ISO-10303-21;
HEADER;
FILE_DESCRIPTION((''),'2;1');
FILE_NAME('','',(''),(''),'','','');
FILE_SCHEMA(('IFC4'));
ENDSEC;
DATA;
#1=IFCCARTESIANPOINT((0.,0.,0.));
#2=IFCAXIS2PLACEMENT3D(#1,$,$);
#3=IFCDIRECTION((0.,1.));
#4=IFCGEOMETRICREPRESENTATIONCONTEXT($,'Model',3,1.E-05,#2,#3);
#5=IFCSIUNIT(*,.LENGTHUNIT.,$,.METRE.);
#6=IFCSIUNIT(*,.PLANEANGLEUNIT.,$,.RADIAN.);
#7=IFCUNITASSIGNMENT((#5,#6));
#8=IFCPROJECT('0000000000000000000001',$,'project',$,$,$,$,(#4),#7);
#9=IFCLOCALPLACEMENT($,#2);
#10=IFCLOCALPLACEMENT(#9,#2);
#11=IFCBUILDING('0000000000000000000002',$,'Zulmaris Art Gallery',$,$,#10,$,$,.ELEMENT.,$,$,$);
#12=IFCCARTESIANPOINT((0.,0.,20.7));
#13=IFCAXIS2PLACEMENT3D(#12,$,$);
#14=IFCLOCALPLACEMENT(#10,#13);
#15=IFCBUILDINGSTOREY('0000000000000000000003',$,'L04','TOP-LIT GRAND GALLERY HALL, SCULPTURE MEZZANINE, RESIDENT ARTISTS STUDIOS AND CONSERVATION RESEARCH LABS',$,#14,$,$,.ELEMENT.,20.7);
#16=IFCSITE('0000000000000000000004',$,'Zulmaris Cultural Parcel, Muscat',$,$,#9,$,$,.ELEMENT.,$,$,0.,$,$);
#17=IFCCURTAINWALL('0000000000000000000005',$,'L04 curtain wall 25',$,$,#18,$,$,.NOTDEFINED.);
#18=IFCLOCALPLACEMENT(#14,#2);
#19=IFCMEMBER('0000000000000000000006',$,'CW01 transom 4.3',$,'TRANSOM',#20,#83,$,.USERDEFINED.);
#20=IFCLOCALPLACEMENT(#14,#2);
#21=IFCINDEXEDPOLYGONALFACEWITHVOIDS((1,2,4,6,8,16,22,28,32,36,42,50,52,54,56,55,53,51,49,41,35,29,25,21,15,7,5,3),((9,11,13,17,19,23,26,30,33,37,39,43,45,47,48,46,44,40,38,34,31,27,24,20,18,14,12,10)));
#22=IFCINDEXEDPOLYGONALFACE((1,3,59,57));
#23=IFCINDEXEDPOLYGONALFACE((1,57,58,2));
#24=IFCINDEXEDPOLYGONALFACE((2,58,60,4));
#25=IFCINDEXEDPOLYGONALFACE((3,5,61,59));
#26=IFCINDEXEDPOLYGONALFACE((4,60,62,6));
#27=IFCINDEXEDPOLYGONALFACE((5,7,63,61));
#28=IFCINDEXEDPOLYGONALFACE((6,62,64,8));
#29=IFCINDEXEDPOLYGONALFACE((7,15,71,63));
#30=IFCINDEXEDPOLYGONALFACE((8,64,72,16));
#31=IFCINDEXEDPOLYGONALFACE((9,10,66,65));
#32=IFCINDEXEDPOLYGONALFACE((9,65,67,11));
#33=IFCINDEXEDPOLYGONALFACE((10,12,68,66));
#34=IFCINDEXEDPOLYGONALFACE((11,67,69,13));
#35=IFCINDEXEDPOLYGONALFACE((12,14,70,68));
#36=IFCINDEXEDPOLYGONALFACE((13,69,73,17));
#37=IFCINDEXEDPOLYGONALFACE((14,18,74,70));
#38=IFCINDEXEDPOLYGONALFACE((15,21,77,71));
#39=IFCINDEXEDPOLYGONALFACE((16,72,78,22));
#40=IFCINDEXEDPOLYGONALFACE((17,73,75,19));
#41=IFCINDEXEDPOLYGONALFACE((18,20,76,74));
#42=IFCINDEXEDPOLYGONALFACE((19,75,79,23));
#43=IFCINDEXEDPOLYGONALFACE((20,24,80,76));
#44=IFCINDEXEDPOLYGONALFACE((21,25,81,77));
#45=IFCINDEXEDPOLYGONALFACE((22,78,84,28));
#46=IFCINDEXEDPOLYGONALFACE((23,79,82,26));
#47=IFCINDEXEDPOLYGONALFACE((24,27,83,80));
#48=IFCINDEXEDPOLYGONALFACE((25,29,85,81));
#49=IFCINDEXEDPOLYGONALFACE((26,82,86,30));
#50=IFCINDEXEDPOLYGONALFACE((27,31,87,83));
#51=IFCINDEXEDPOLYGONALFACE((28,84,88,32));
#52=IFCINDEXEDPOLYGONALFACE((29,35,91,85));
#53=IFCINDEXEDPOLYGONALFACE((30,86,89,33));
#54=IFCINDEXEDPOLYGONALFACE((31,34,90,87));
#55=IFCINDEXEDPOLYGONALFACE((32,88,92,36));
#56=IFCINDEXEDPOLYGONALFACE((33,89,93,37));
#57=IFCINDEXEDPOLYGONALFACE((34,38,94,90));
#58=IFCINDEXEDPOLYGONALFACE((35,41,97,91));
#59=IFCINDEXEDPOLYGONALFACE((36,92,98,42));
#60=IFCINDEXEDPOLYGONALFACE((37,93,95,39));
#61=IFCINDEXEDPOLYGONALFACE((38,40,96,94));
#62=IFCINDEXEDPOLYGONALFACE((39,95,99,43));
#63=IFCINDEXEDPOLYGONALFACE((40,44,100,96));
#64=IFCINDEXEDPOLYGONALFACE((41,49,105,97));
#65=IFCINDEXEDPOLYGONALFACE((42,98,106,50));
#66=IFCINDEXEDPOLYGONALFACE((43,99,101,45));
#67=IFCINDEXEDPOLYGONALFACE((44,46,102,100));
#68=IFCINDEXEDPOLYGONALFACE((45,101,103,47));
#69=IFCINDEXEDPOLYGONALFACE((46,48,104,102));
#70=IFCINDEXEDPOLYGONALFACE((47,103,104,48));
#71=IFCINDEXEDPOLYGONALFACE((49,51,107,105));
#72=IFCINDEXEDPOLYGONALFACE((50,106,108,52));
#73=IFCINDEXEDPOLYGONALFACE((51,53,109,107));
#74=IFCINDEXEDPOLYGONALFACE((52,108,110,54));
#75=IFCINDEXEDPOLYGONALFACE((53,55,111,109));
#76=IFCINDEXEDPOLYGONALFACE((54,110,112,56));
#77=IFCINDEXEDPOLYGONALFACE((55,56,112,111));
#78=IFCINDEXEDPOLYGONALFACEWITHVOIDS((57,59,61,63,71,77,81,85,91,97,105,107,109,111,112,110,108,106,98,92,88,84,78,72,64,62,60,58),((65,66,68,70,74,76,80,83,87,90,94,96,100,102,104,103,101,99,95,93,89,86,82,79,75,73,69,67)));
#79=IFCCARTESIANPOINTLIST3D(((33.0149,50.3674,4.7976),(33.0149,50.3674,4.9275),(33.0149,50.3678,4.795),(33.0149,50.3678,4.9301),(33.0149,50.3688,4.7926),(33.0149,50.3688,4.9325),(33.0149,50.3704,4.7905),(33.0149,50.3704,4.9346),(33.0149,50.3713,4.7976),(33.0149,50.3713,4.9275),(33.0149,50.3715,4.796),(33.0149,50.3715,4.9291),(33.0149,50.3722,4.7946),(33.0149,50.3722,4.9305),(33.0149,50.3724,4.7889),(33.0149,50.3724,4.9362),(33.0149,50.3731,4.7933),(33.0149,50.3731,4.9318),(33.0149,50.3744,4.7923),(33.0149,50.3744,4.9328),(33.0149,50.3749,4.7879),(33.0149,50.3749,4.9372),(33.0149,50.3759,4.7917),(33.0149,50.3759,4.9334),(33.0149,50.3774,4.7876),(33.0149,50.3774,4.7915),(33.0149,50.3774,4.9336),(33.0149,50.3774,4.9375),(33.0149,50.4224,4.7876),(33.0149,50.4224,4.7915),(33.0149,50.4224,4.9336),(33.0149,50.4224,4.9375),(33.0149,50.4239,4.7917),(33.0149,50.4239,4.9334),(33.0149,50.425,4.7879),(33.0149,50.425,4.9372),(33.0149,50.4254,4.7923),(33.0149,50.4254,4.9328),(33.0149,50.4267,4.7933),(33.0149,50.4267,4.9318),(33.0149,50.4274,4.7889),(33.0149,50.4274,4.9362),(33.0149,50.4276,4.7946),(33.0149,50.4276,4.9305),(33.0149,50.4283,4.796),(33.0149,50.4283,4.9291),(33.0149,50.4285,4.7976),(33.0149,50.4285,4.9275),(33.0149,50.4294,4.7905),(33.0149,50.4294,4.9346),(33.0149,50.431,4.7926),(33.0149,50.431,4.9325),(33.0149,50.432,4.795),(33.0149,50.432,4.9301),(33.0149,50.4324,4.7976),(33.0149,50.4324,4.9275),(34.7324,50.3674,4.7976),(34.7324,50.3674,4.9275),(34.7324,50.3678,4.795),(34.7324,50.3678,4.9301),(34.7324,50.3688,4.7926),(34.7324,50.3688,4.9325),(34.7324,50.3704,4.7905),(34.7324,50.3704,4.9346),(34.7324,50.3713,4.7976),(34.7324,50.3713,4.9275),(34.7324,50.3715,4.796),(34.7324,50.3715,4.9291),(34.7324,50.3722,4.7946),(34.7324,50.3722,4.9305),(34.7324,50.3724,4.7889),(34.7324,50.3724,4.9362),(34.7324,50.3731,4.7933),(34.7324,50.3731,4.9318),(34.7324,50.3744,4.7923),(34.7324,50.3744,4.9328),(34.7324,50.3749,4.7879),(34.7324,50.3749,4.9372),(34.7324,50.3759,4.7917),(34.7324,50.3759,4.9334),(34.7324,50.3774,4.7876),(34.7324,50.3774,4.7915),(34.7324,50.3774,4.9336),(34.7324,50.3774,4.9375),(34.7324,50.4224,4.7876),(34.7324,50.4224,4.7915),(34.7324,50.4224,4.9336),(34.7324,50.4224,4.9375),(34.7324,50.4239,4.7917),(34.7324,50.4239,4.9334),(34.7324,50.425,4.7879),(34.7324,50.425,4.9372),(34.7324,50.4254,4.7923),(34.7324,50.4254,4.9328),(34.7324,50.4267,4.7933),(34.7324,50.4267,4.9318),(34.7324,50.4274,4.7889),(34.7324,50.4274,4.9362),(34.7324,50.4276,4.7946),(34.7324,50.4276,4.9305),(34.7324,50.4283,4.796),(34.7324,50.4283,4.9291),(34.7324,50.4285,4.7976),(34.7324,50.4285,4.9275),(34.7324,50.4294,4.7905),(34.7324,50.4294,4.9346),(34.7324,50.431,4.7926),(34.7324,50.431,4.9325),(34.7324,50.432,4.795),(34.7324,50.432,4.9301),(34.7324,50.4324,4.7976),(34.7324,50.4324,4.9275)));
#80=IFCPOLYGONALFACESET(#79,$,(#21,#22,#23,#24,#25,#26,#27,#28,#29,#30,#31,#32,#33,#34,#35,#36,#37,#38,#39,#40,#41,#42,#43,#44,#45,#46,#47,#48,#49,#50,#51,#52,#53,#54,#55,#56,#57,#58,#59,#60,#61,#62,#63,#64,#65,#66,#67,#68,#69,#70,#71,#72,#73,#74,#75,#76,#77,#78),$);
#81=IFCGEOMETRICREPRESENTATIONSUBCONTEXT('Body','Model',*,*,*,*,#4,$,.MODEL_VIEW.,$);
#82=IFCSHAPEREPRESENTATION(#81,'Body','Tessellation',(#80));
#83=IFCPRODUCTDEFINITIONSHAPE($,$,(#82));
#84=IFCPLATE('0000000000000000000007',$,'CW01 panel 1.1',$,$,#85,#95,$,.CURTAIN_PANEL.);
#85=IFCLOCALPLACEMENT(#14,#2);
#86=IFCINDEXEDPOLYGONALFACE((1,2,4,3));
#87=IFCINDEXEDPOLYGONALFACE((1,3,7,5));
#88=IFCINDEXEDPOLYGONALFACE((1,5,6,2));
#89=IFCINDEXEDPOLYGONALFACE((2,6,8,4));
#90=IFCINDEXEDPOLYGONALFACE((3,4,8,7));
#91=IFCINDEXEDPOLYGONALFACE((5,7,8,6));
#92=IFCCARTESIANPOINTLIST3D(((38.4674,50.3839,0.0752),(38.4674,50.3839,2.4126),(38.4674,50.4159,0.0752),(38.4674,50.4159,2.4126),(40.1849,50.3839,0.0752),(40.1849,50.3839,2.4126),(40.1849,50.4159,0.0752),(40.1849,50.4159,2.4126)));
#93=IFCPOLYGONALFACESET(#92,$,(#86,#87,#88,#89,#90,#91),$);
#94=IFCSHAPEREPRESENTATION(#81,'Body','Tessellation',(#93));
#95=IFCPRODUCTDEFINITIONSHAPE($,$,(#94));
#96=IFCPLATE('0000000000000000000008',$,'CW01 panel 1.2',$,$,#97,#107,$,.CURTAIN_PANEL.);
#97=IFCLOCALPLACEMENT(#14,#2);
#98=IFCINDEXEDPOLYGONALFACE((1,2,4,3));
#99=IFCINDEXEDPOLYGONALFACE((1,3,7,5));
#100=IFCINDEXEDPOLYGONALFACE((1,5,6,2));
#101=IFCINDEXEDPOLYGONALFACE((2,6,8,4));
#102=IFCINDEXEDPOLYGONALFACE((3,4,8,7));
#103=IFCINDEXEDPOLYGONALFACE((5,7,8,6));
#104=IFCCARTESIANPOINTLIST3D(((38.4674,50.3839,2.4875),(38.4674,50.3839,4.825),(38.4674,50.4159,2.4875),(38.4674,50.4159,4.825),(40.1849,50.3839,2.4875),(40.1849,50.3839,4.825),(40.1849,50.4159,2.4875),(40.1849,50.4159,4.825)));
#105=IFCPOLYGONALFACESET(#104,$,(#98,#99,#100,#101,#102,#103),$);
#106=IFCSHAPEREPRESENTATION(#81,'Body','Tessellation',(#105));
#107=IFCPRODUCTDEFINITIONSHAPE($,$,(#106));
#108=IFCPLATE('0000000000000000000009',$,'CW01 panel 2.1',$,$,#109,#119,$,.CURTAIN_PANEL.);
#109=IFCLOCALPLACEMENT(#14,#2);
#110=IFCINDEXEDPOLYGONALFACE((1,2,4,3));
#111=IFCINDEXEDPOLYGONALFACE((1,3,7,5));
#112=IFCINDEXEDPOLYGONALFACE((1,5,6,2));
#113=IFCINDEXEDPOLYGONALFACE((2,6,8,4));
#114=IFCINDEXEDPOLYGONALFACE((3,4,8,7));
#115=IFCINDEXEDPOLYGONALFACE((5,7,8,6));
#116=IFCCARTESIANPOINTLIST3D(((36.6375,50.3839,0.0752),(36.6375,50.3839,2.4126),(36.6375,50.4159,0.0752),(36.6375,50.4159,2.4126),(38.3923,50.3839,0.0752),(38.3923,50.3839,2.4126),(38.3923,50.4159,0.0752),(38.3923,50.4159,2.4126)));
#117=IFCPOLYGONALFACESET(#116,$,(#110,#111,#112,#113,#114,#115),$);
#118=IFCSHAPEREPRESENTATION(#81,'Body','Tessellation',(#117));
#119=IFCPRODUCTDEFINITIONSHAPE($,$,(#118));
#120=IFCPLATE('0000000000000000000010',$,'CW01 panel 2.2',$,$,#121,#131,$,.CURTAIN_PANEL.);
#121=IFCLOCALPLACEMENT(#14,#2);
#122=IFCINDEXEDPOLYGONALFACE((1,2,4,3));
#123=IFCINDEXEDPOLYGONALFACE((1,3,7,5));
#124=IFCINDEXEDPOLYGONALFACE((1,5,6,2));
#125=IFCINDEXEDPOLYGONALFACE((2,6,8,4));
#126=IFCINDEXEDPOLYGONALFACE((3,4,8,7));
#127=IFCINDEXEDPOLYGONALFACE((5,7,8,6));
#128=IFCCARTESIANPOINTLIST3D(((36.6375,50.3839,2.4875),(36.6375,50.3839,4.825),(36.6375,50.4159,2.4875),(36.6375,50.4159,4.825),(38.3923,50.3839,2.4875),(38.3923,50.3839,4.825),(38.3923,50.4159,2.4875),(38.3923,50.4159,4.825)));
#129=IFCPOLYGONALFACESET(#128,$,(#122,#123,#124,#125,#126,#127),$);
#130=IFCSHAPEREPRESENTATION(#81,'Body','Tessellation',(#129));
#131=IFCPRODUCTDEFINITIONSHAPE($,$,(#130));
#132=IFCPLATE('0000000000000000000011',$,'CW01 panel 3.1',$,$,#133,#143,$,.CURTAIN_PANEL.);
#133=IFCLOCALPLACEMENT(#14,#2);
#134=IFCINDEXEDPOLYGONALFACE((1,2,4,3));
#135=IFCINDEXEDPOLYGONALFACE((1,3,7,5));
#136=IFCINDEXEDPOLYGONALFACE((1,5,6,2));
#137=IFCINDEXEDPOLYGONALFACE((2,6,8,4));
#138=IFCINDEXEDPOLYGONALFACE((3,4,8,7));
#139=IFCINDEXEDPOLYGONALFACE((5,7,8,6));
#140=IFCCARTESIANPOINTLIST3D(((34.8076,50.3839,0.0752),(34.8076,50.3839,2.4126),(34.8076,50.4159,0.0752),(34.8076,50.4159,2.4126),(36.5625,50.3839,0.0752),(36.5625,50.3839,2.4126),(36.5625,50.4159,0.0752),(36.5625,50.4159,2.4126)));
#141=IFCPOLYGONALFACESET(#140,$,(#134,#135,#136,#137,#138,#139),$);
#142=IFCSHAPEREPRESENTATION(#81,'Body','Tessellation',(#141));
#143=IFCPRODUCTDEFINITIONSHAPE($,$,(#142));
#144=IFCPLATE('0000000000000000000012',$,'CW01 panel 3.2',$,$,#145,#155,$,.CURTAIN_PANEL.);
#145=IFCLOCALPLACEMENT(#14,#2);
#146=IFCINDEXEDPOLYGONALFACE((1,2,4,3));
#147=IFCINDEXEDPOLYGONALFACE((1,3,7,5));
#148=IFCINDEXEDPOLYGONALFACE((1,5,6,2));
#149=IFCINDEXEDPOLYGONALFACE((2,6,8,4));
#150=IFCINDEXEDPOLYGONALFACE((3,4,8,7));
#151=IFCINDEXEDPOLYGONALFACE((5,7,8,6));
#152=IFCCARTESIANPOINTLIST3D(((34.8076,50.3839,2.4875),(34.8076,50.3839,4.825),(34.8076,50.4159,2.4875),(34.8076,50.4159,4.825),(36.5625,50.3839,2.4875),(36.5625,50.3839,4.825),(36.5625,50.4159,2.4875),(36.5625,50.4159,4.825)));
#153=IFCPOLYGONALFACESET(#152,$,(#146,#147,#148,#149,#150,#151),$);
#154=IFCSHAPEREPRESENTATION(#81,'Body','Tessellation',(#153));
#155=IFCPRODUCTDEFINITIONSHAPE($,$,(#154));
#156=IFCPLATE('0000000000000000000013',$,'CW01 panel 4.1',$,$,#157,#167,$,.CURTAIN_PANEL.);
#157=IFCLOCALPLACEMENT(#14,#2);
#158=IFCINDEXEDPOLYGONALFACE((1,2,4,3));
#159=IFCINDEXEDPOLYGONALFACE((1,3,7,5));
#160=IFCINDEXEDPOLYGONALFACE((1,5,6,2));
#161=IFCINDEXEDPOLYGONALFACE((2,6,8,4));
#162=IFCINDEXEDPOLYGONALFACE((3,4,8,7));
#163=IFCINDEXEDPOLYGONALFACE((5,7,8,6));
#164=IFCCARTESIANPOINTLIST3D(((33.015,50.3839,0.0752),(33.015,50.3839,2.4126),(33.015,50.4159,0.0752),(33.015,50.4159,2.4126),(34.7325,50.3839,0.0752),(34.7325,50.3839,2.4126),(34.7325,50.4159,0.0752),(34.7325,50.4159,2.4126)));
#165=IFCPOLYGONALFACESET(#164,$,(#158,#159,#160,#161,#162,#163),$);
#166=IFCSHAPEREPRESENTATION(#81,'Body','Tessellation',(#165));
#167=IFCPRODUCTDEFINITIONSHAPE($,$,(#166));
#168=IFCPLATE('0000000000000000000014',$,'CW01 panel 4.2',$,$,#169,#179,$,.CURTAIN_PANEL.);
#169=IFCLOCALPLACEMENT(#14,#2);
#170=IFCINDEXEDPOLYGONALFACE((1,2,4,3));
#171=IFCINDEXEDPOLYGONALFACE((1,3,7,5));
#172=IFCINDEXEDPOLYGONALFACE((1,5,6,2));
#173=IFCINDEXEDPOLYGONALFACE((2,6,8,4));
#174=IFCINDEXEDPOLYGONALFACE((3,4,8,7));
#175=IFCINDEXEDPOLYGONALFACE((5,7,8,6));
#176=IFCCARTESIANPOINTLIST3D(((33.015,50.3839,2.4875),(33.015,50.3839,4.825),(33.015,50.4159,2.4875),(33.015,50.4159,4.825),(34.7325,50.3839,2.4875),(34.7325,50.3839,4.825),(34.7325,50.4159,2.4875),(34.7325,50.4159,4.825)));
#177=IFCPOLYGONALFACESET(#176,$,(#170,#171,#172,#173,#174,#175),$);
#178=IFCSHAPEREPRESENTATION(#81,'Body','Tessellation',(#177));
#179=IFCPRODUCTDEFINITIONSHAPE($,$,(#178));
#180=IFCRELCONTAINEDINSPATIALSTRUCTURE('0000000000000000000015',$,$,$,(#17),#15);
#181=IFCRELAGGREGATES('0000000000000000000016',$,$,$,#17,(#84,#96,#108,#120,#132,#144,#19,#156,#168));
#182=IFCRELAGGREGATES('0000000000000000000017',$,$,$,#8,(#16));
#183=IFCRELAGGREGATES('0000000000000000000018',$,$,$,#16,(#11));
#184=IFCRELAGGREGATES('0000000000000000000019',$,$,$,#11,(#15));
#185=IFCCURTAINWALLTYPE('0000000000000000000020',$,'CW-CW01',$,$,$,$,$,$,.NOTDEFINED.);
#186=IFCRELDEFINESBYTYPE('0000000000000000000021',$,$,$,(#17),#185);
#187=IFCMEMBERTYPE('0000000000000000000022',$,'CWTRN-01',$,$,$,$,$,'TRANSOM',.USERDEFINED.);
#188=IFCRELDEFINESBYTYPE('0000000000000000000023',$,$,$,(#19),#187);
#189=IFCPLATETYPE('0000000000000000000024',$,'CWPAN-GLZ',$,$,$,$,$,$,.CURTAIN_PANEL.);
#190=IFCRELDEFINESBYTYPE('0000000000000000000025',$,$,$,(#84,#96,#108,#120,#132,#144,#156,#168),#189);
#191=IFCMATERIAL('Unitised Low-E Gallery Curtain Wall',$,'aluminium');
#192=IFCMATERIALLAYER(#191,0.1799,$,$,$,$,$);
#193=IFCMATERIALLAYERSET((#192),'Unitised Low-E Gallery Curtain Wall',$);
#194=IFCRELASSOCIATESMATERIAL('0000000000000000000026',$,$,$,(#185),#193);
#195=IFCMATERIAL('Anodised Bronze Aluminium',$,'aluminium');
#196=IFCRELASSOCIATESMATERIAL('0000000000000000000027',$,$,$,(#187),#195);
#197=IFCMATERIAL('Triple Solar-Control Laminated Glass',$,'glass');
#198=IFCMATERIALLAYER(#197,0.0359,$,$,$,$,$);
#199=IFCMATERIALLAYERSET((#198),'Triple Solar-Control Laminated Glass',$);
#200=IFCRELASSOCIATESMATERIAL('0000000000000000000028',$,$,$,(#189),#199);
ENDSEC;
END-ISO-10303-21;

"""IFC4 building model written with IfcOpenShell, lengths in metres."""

from ifc_helpers import new_model, si_unit, direction, frame, origin, origin_2d, place, context, subcontext, project, spatial, rectangle, hollow_rectangle, extrude, material, layer, layer_set, material_profile, profile_set, type_object, element, aggregate, save


model = new_model("IFC4")

# Units and contexts
model_context = context("Model", 3, precision=1e-05, world=origin(), true_north=direction((0.0, 1.0)))
body_context = subcontext(model_context, "Body", "Model", "MODEL_VIEW")
ifc_project = project(units=[si_unit("LENGTHUNIT", "METRE"), si_unit("PLANEANGLEUNIT", "RADIAN")], contexts=[model_context])

# Site, building, storey
site_placement = place(None, origin())
site = spatial("IfcSite", under=ifc_project, at=site_placement, Name="Zulmaris Cultural Parcel, Muscat", CompositionType="ELEMENT", RefElevation=0.0)
building_placement = place(site_placement, origin())
building = spatial("IfcBuilding", under=site, at=building_placement, Name="Zulmaris Art Gallery", CompositionType="ELEMENT")
storey_placement = place(building_placement, frame((0.0, 0.0, 20.7)))
storey = spatial("IfcBuildingStorey", under=building, at=storey_placement, Name="L04", Description="TOP-LIT GRAND GALLERY HALL, SCULPTURE MEZZANINE, RESIDENT ARTISTS STUDIOS AND CONSERVATION RESEARCH LABS", CompositionType="ELEMENT", Elevation=20.7)

# Curtain wall, member, plates
ifc_material_1 = material(Name="Unitised Low-E Gallery Curtain Wall", Category="aluminium")
ifc_layer_1 = layer(ifc_material_1, 0.1799)
ifc_layer_set_1 = layer_set([ifc_layer_1], Name="Unitised Low-E Gallery Curtain Wall")
curtain_wall_type = type_object("IfcCurtainWallType", Name="CW-CW01", PredefinedType="NOTDEFINED", material=ifc_layer_set_1)
curtain_wall_placement = place(storey_placement, origin())
curtain_wall = element("IfcCurtainWall", 1, at=curtain_wall_placement, inside=storey, type_object=curtain_wall_type, Name="L04 curtain wall 25", PredefinedType="NOTDEFINED")
ifc_material_2 = material(Name="Anodised Bronze Aluminium", Category="aluminium")
ifc_material_profile_1 = material_profile(ifc_material_2, hollow_rectangle(XDim=0.0649, YDim=0.1499, WallThickness=0.0039, InnerFilletRadius=0.0061, OuterFilletRadius=0.01, at=origin_2d()), Name="ALU 65x150x4")
ifc_profile_set_1 = profile_set([ifc_material_profile_1], Name="Anodised Bronze Aluminium")
member_type_1 = type_object("IfcMemberType", Name="CWTRN-01", ElementType="TRANSOM", PredefinedType="USERDEFINED", material=ifc_profile_set_1)
member_1_placement = place(storey_placement, frame((34.7324, 50.3999, 4.8625), z_axis=(-1.0, 0.0, 0.0), x_axis=(0.0, -1.0, 0.0)))
member_1 = element("IfcMember", 2, at=member_1_placement, type_object=member_type_1, Name="CW01 transom 4.3", ObjectType="TRANSOM", PredefinedType="USERDEFINED", context=body_context, shape_type="SweptSolid", body=[
    extrude(hollow_rectangle(XDim=0.0649, YDim=0.1499, WallThickness=0.0039, InnerFilletRadius=0.0061, OuterFilletRadius=0.01, at=origin_2d()), origin(), (0.0, 0.0, 1.0), 1.7175),
])
ifc_material_3 = material(Name="Triple Solar-Control Laminated Glass", Category="glass")
ifc_layer_2 = layer(ifc_material_3, 0.0359)
ifc_layer_set_2 = layer_set([ifc_layer_2], Name="Triple Solar-Control Laminated Glass")
plate_type = type_object("IfcPlateType", Name="CWPAN-GLZ", PredefinedType="CURTAIN_PANEL", material=ifc_layer_set_2)
plate_1_placement = place(storey_placement, frame((39.3262, 50.3999, 0.0752), z_axis=(0.0, 0.0, 1.0), x_axis=(-1.0, 0.0, 0.0)))
plate_1 = element("IfcPlate", 3, at=plate_1_placement, type_object=plate_type, Name="CW01 panel 1.1", PredefinedType="CURTAIN_PANEL", context=body_context, shape_type="SweptSolid", body=[
    extrude(rectangle(XDim=1.7175, YDim=0.032, at=origin_2d()), origin(), (0.0, 0.0, 1.0), 2.3374),
])
plate_2_placement = place(storey_placement, frame((39.3262, 50.3999, 2.4875), z_axis=(0.0, 0.0, 1.0), x_axis=(-1.0, 0.0, 0.0)))
plate_2 = element("IfcPlate", 4, at=plate_2_placement, type_object=plate_type, Name="CW01 panel 1.2", PredefinedType="CURTAIN_PANEL", context=body_context, shape_type="SweptSolid", body=[
    extrude(rectangle(XDim=1.7175, YDim=0.032, at=origin_2d()), origin(), (0.0, 0.0, 1.0), 2.3374),
])
plate_3_placement = place(storey_placement, frame((37.5149, 50.3999, 0.0752), z_axis=(0.0, 0.0, 1.0), x_axis=(-1.0, 0.0, 0.0)))
plate_3 = element("IfcPlate", 5, at=plate_3_placement, type_object=plate_type, Name="CW01 panel 2.1", PredefinedType="CURTAIN_PANEL", context=body_context, shape_type="SweptSolid", body=[
    extrude(rectangle(XDim=1.7549, YDim=0.032, at=origin_2d()), origin(), (0.0, 0.0, 1.0), 2.3374),
])
plate_4_placement = place(storey_placement, frame((37.5149, 50.3999, 2.4875), z_axis=(0.0, 0.0, 1.0), x_axis=(-1.0, 0.0, 0.0)))
plate_4 = element("IfcPlate", 6, at=plate_4_placement, type_object=plate_type, Name="CW01 panel 2.2", PredefinedType="CURTAIN_PANEL", context=body_context, shape_type="SweptSolid", body=[
    extrude(rectangle(XDim=1.7549, YDim=0.032, at=origin_2d()), origin(), (0.0, 0.0, 1.0), 2.3374),
])
plate_5_placement = place(storey_placement, frame((35.6851, 50.3999, 0.0752), z_axis=(0.0, 0.0, 1.0), x_axis=(-1.0, 0.0, 0.0)))
plate_5 = element("IfcPlate", 7, at=plate_5_placement, type_object=plate_type, Name="CW01 panel 3.1", PredefinedType="CURTAIN_PANEL", context=body_context, shape_type="SweptSolid", body=[
    extrude(rectangle(XDim=1.7549, YDim=0.032, at=origin_2d()), origin(), (0.0, 0.0, 1.0), 2.3374),
])
plate_6_placement = place(storey_placement, frame((35.6851, 50.3999, 2.4875), z_axis=(0.0, 0.0, 1.0), x_axis=(-1.0, 0.0, 0.0)))
plate_6 = element("IfcPlate", 8, at=plate_6_placement, type_object=plate_type, Name="CW01 panel 3.2", PredefinedType="CURTAIN_PANEL", context=body_context, shape_type="SweptSolid", body=[
    extrude(rectangle(XDim=1.7549, YDim=0.032, at=origin_2d()), origin(), (0.0, 0.0, 1.0), 2.3374),
])
plate_7_placement = place(storey_placement, frame((33.8738, 50.3999, 0.0752), z_axis=(0.0, 0.0, 1.0), x_axis=(-1.0, 0.0, 0.0)))
plate_7 = element("IfcPlate", 9, at=plate_7_placement, type_object=plate_type, Name="CW01 panel 4.1", PredefinedType="CURTAIN_PANEL", context=body_context, shape_type="SweptSolid", body=[
    extrude(rectangle(XDim=1.7175, YDim=0.032, at=origin_2d()), origin(), (0.0, 0.0, 1.0), 2.3374),
])
plate_8_placement = place(storey_placement, frame((33.8738, 50.3999, 2.4875), z_axis=(0.0, 0.0, 1.0), x_axis=(-1.0, 0.0, 0.0)))
plate_8 = element("IfcPlate", 10, at=plate_8_placement, type_object=plate_type, Name="CW01 panel 4.2", PredefinedType="CURTAIN_PANEL", context=body_context, shape_type="SweptSolid", body=[
    extrude(rectangle(XDim=1.7175, YDim=0.032, at=origin_2d()), origin(), (0.0, 0.0, 1.0), 2.3374),
])
aggregate(curtain_wall, [plate_1, plate_2, plate_3, plate_4, plate_5, plate_6, member_1, plate_7, plate_8])

save(model, "model.ifc")
